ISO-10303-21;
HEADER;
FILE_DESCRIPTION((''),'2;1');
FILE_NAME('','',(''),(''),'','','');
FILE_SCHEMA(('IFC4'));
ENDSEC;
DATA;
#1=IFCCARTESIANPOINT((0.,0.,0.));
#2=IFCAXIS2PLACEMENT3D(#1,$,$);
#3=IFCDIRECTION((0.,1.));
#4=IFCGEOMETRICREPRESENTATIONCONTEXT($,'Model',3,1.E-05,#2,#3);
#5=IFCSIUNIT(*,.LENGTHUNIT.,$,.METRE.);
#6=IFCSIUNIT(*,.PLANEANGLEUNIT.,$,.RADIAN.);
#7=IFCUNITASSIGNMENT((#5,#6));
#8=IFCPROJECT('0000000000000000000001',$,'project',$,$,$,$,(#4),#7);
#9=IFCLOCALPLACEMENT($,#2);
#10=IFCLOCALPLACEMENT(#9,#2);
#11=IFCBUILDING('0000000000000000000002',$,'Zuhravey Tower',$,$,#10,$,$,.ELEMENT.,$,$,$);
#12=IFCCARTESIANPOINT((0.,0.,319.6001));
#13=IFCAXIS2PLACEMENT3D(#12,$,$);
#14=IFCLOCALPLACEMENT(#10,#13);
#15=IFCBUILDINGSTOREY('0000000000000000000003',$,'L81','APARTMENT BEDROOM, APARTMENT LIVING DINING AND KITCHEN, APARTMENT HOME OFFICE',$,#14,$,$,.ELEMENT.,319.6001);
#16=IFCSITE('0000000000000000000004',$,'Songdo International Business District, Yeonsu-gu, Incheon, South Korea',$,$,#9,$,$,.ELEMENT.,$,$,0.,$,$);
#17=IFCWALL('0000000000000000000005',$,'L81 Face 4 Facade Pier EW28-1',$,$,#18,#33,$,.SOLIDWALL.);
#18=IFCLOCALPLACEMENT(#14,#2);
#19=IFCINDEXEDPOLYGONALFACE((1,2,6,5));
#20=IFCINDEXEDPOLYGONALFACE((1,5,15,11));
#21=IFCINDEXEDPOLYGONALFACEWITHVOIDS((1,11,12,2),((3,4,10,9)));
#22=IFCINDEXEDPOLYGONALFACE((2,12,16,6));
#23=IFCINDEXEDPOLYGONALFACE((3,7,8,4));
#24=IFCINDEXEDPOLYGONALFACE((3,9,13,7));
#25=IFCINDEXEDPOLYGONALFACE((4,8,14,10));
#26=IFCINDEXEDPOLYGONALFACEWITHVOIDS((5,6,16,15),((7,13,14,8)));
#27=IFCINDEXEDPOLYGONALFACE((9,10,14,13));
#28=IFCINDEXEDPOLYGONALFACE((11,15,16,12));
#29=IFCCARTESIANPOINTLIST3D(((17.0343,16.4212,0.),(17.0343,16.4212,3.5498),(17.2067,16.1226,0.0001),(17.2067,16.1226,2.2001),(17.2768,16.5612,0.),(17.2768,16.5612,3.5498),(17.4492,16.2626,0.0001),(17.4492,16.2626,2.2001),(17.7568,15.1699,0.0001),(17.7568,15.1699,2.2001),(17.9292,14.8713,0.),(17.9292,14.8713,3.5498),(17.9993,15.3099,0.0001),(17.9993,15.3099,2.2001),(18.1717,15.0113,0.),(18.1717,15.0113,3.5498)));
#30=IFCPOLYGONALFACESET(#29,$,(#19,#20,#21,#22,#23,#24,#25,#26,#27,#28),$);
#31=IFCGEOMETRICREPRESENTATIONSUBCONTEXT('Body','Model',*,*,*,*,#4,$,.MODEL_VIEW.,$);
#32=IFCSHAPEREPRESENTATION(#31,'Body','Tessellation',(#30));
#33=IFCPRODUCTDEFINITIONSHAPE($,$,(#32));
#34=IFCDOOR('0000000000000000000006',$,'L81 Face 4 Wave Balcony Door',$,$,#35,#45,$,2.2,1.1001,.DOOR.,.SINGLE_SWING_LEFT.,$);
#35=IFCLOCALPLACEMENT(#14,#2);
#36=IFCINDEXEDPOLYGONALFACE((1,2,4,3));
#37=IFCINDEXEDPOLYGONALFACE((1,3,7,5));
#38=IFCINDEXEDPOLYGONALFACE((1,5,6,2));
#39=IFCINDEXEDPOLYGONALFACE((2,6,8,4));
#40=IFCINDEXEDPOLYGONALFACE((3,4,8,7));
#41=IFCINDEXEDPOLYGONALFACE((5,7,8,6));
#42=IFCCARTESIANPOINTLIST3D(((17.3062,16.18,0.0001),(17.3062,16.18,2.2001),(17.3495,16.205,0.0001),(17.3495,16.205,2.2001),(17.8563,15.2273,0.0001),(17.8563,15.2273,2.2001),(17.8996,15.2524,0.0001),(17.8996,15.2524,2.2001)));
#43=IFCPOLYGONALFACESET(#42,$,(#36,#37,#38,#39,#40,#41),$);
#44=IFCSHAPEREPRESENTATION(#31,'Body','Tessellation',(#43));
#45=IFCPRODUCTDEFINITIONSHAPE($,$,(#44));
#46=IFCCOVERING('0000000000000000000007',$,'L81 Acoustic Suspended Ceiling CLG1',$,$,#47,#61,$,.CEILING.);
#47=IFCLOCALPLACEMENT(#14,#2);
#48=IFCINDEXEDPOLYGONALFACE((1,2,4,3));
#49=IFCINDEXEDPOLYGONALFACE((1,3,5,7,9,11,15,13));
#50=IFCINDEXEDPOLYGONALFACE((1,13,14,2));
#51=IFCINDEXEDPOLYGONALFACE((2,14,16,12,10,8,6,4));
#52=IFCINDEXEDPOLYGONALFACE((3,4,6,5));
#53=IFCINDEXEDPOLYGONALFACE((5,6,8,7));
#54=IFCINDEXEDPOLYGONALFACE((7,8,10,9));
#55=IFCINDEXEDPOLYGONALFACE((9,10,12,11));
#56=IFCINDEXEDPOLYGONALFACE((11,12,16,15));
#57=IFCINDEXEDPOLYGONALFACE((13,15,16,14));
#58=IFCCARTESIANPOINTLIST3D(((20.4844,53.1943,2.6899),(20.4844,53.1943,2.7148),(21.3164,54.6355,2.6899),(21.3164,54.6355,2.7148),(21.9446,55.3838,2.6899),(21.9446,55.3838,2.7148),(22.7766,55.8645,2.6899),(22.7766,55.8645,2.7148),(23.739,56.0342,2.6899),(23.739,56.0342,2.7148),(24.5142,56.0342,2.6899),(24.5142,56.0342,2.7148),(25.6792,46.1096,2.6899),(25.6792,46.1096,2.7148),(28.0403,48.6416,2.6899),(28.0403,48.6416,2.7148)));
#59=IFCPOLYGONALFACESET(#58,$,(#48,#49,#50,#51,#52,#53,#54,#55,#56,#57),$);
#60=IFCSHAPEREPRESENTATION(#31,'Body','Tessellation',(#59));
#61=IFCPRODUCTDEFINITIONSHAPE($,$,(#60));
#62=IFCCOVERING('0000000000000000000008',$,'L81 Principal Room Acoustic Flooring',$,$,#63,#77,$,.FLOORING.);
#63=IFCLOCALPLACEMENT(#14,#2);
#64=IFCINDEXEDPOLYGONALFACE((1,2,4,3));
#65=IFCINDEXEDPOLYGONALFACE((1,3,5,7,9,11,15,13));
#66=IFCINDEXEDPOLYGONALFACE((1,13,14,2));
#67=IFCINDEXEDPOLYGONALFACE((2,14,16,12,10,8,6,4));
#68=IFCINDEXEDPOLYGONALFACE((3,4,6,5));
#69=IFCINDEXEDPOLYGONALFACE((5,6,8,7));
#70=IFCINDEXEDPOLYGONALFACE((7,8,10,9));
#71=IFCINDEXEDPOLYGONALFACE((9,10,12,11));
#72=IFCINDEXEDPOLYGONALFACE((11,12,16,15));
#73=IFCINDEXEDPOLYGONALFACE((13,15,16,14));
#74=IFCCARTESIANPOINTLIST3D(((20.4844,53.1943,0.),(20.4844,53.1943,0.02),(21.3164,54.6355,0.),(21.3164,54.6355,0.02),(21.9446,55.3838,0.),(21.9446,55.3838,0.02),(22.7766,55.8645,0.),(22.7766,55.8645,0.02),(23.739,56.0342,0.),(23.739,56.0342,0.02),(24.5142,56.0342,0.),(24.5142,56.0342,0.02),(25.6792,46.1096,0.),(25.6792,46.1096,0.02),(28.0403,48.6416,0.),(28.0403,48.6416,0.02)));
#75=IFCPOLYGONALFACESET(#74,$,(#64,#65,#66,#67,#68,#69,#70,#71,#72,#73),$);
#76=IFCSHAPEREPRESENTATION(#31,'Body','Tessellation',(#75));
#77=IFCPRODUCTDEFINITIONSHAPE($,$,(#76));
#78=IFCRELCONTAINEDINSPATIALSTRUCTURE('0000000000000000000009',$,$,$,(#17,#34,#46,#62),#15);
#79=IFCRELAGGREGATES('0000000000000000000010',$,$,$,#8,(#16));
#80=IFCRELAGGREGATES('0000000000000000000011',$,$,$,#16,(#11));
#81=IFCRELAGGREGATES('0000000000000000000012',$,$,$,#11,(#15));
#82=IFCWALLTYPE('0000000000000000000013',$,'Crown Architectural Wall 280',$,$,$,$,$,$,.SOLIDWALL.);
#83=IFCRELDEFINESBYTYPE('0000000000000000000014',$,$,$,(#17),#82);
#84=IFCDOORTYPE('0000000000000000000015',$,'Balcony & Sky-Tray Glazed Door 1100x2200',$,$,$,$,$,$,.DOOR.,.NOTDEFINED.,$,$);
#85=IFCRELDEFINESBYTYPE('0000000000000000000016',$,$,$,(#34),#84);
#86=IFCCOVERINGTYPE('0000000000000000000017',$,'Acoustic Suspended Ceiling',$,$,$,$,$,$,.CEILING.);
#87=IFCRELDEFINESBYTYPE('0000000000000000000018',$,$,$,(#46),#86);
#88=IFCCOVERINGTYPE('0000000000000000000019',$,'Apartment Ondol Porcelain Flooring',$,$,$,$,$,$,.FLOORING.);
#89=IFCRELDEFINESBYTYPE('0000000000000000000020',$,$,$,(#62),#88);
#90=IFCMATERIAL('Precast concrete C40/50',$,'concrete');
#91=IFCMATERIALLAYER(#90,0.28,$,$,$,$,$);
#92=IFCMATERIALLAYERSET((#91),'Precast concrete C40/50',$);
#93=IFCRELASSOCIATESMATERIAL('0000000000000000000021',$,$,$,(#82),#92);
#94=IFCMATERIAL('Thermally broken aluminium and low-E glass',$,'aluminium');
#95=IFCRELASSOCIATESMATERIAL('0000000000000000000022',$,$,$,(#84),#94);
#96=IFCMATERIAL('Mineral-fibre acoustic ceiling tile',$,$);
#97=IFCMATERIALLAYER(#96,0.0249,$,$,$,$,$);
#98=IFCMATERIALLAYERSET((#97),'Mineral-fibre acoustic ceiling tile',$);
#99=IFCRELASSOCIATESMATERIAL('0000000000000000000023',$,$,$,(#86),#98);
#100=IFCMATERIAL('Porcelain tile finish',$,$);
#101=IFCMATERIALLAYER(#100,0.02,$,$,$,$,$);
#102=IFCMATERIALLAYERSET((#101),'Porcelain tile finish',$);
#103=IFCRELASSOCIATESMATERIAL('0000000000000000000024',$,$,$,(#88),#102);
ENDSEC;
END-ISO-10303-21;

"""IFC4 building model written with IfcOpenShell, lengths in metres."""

from ifc_helpers import new_model, si_unit, direction, frame, frame_2d, origin, place, context, subcontext, project, spatial, polyline, rectangle, outline, extrude, material, layer, layer_set, type_object, element, fill, save


model = new_model("IFC4")

# Units and contexts
model_context = context("Model", 3, precision=1e-05, world=origin(), true_north=direction((0.0, 1.0)))
body_context = subcontext(model_context, "Body", "Model", "MODEL_VIEW")
ifc_project = project(units=[si_unit("LENGTHUNIT", "METRE"), si_unit("PLANEANGLEUNIT", "RADIAN")], contexts=[model_context])

# Site, building, storey
site_placement = place(None, origin())
site = spatial("IfcSite", under=ifc_project, at=site_placement, Name="Songdo International Business District, Yeonsu-gu, Incheon, South Korea", CompositionType="ELEMENT", RefElevation=0.0)
building_placement = place(site_placement, origin())
building = spatial("IfcBuilding", under=site, at=building_placement, Name="Zuhravey Tower", CompositionType="ELEMENT")
storey_placement = place(building_placement, frame((0.0, 0.0, 319.6001)))
storey = spatial("IfcBuildingStorey", under=building, at=storey_placement, Name="L81", Description="APARTMENT BEDROOM, APARTMENT LIVING DINING AND KITCHEN, APARTMENT HOME OFFICE", CompositionType="ELEMENT", Elevation=319.6001)

# Wall, opening, door
ifc_material_1 = material(Name="Precast concrete C40/50", Category="concrete")
ifc_layer_1 = layer(ifc_material_1, 0.28)
ifc_layer_set_1 = layer_set([ifc_layer_1], Name="Precast concrete C40/50")
wall_type = type_object("IfcWallType", Name="Crown Architectural Wall 280", PredefinedType="SOLIDWALL", material=ifc_layer_set_1)
wall_placement = place(storey_placement, frame((18.0505, 14.9412, 0.0), z_axis=(0.0, 0.0, 1.0), x_axis=(-0.500041, 0.866002, 0.0)))
wall = element("IfcWall", 1, at=wall_placement, inside=storey, type_object=wall_type, Name="L81 Face 4 Facade Pier EW28-1", PredefinedType="SOLIDWALL", context=body_context, shape_type="SweptSolid", body=[
    extrude(rectangle(XDim=1.7898, YDim=0.28, at=frame_2d((0.895, 0.0))), origin(), (0.0, 0.0, 1.0), 3.5498),
])
opening_placement = place(wall_placement, frame((0.345, 0.0, 0.0)))
opening = element("IfcOpeningElement", 2, at=opening_placement, cuts=wall, PredefinedType="OPENING", context=body_context, shape_type="SweptSolid", body=[
    extrude(rectangle(XDim=1.1001, YDim=2.2, at=frame_2d((0.55, 1.1001))), frame((0.0, 0.1521, 0.0), z_axis=(0.0, -1.0, 0.0), x_axis=(1.0, 0.0, 0.0)), (0.0, 0.0, 1.0), 0.304),
])
ifc_material_2 = material(Name="Thermally broken aluminium and low-E glass", Category="aluminium")
door_type = type_object("IfcDoorType", Name="Balcony & Sky-Tray Glazed Door 1100x2200", OperationType="NOTDEFINED", PredefinedType="DOOR", material=ifc_material_2)
door_placement = place(opening_placement, frame((1.1001, 0.0, 0.0), z_axis=(0.0, 0.0, 1.0), x_axis=(-1.0, 0.0, 0.0)))
door = element("IfcDoor", 3, at=door_placement, inside=storey, type_object=door_type, Name="L81 Face 4 Wave Balcony Door", OperationType="SINGLE_SWING_LEFT", OverallHeight=2.2, OverallWidth=1.1001, PredefinedType="DOOR", context=body_context, shape_type="SweptSolid", body=[
    extrude(rectangle(XDim=1.1001, YDim=2.2, at=frame_2d((0.55, 1.1001))), frame((0.0, 0.0249, 0.0), z_axis=(0.0, -1.0, 0.0), x_axis=(1.0, 0.0, 0.0)), (0.0, 0.0, 1.0), 0.05),
])
fill(opening, door)

# Coverings
ifc_material_3 = material(Name="Mineral-fibre acoustic ceiling tile")
ifc_layer_2 = layer(ifc_material_3, 0.0249)
ifc_layer_set_2 = layer_set([ifc_layer_2], Name="Mineral-fibre acoustic ceiling tile")
covering_type_1 = type_object("IfcCoveringType", Name="Acoustic Suspended Ceiling", PredefinedType="CEILING", material=ifc_layer_set_2)
covering_1_placement = place(storey_placement, frame((0.0, 0.0, 2.6899)))
element("IfcCovering", 4, at=covering_1_placement, inside=storey, type_object=covering_type_1, Name="L81 Acoustic Suspended Ceiling CLG1", PredefinedType="CEILING", context=body_context, shape_type="SweptSolid", body=[
    extrude(outline(polyline([(22.7766, 55.8645), (23.739, 56.0342), (24.5142, 56.0342), (28.0403, 48.6416), (25.6792, 46.1096), (20.4844, 53.1943), (21.3164, 54.6355), (21.9446, 55.3838), (22.7766, 55.8645)])), origin(), (0.0, 0.0, 1.0), 0.0249),
])
ifc_material_4 = material(Name="Porcelain tile finish")
ifc_layer_3 = layer(ifc_material_4, 0.02)
ifc_layer_set_3 = layer_set([ifc_layer_3], Name="Porcelain tile finish")
covering_type_2 = type_object("IfcCoveringType", Name="Apartment Ondol Porcelain Flooring", PredefinedType="FLOORING", material=ifc_layer_set_3)
covering_2_placement = place(storey_placement, origin())
element("IfcCovering", 5, at=covering_2_placement, inside=storey, type_object=covering_type_2, Name="L81 Principal Room Acoustic Flooring", PredefinedType="FLOORING", context=body_context, shape_type="SweptSolid", body=[
    extrude(outline(polyline([(22.7766, 55.8645), (23.739, 56.0342), (24.5142, 56.0342), (28.0403, 48.6416), (25.6792, 46.1096), (20.4844, 53.1943), (21.3164, 54.6355), (21.9446, 55.3838), (22.7766, 55.8645)])), origin(), (0.0, 0.0, 1.0), 0.02),
])

save(model, "model.ifc")
